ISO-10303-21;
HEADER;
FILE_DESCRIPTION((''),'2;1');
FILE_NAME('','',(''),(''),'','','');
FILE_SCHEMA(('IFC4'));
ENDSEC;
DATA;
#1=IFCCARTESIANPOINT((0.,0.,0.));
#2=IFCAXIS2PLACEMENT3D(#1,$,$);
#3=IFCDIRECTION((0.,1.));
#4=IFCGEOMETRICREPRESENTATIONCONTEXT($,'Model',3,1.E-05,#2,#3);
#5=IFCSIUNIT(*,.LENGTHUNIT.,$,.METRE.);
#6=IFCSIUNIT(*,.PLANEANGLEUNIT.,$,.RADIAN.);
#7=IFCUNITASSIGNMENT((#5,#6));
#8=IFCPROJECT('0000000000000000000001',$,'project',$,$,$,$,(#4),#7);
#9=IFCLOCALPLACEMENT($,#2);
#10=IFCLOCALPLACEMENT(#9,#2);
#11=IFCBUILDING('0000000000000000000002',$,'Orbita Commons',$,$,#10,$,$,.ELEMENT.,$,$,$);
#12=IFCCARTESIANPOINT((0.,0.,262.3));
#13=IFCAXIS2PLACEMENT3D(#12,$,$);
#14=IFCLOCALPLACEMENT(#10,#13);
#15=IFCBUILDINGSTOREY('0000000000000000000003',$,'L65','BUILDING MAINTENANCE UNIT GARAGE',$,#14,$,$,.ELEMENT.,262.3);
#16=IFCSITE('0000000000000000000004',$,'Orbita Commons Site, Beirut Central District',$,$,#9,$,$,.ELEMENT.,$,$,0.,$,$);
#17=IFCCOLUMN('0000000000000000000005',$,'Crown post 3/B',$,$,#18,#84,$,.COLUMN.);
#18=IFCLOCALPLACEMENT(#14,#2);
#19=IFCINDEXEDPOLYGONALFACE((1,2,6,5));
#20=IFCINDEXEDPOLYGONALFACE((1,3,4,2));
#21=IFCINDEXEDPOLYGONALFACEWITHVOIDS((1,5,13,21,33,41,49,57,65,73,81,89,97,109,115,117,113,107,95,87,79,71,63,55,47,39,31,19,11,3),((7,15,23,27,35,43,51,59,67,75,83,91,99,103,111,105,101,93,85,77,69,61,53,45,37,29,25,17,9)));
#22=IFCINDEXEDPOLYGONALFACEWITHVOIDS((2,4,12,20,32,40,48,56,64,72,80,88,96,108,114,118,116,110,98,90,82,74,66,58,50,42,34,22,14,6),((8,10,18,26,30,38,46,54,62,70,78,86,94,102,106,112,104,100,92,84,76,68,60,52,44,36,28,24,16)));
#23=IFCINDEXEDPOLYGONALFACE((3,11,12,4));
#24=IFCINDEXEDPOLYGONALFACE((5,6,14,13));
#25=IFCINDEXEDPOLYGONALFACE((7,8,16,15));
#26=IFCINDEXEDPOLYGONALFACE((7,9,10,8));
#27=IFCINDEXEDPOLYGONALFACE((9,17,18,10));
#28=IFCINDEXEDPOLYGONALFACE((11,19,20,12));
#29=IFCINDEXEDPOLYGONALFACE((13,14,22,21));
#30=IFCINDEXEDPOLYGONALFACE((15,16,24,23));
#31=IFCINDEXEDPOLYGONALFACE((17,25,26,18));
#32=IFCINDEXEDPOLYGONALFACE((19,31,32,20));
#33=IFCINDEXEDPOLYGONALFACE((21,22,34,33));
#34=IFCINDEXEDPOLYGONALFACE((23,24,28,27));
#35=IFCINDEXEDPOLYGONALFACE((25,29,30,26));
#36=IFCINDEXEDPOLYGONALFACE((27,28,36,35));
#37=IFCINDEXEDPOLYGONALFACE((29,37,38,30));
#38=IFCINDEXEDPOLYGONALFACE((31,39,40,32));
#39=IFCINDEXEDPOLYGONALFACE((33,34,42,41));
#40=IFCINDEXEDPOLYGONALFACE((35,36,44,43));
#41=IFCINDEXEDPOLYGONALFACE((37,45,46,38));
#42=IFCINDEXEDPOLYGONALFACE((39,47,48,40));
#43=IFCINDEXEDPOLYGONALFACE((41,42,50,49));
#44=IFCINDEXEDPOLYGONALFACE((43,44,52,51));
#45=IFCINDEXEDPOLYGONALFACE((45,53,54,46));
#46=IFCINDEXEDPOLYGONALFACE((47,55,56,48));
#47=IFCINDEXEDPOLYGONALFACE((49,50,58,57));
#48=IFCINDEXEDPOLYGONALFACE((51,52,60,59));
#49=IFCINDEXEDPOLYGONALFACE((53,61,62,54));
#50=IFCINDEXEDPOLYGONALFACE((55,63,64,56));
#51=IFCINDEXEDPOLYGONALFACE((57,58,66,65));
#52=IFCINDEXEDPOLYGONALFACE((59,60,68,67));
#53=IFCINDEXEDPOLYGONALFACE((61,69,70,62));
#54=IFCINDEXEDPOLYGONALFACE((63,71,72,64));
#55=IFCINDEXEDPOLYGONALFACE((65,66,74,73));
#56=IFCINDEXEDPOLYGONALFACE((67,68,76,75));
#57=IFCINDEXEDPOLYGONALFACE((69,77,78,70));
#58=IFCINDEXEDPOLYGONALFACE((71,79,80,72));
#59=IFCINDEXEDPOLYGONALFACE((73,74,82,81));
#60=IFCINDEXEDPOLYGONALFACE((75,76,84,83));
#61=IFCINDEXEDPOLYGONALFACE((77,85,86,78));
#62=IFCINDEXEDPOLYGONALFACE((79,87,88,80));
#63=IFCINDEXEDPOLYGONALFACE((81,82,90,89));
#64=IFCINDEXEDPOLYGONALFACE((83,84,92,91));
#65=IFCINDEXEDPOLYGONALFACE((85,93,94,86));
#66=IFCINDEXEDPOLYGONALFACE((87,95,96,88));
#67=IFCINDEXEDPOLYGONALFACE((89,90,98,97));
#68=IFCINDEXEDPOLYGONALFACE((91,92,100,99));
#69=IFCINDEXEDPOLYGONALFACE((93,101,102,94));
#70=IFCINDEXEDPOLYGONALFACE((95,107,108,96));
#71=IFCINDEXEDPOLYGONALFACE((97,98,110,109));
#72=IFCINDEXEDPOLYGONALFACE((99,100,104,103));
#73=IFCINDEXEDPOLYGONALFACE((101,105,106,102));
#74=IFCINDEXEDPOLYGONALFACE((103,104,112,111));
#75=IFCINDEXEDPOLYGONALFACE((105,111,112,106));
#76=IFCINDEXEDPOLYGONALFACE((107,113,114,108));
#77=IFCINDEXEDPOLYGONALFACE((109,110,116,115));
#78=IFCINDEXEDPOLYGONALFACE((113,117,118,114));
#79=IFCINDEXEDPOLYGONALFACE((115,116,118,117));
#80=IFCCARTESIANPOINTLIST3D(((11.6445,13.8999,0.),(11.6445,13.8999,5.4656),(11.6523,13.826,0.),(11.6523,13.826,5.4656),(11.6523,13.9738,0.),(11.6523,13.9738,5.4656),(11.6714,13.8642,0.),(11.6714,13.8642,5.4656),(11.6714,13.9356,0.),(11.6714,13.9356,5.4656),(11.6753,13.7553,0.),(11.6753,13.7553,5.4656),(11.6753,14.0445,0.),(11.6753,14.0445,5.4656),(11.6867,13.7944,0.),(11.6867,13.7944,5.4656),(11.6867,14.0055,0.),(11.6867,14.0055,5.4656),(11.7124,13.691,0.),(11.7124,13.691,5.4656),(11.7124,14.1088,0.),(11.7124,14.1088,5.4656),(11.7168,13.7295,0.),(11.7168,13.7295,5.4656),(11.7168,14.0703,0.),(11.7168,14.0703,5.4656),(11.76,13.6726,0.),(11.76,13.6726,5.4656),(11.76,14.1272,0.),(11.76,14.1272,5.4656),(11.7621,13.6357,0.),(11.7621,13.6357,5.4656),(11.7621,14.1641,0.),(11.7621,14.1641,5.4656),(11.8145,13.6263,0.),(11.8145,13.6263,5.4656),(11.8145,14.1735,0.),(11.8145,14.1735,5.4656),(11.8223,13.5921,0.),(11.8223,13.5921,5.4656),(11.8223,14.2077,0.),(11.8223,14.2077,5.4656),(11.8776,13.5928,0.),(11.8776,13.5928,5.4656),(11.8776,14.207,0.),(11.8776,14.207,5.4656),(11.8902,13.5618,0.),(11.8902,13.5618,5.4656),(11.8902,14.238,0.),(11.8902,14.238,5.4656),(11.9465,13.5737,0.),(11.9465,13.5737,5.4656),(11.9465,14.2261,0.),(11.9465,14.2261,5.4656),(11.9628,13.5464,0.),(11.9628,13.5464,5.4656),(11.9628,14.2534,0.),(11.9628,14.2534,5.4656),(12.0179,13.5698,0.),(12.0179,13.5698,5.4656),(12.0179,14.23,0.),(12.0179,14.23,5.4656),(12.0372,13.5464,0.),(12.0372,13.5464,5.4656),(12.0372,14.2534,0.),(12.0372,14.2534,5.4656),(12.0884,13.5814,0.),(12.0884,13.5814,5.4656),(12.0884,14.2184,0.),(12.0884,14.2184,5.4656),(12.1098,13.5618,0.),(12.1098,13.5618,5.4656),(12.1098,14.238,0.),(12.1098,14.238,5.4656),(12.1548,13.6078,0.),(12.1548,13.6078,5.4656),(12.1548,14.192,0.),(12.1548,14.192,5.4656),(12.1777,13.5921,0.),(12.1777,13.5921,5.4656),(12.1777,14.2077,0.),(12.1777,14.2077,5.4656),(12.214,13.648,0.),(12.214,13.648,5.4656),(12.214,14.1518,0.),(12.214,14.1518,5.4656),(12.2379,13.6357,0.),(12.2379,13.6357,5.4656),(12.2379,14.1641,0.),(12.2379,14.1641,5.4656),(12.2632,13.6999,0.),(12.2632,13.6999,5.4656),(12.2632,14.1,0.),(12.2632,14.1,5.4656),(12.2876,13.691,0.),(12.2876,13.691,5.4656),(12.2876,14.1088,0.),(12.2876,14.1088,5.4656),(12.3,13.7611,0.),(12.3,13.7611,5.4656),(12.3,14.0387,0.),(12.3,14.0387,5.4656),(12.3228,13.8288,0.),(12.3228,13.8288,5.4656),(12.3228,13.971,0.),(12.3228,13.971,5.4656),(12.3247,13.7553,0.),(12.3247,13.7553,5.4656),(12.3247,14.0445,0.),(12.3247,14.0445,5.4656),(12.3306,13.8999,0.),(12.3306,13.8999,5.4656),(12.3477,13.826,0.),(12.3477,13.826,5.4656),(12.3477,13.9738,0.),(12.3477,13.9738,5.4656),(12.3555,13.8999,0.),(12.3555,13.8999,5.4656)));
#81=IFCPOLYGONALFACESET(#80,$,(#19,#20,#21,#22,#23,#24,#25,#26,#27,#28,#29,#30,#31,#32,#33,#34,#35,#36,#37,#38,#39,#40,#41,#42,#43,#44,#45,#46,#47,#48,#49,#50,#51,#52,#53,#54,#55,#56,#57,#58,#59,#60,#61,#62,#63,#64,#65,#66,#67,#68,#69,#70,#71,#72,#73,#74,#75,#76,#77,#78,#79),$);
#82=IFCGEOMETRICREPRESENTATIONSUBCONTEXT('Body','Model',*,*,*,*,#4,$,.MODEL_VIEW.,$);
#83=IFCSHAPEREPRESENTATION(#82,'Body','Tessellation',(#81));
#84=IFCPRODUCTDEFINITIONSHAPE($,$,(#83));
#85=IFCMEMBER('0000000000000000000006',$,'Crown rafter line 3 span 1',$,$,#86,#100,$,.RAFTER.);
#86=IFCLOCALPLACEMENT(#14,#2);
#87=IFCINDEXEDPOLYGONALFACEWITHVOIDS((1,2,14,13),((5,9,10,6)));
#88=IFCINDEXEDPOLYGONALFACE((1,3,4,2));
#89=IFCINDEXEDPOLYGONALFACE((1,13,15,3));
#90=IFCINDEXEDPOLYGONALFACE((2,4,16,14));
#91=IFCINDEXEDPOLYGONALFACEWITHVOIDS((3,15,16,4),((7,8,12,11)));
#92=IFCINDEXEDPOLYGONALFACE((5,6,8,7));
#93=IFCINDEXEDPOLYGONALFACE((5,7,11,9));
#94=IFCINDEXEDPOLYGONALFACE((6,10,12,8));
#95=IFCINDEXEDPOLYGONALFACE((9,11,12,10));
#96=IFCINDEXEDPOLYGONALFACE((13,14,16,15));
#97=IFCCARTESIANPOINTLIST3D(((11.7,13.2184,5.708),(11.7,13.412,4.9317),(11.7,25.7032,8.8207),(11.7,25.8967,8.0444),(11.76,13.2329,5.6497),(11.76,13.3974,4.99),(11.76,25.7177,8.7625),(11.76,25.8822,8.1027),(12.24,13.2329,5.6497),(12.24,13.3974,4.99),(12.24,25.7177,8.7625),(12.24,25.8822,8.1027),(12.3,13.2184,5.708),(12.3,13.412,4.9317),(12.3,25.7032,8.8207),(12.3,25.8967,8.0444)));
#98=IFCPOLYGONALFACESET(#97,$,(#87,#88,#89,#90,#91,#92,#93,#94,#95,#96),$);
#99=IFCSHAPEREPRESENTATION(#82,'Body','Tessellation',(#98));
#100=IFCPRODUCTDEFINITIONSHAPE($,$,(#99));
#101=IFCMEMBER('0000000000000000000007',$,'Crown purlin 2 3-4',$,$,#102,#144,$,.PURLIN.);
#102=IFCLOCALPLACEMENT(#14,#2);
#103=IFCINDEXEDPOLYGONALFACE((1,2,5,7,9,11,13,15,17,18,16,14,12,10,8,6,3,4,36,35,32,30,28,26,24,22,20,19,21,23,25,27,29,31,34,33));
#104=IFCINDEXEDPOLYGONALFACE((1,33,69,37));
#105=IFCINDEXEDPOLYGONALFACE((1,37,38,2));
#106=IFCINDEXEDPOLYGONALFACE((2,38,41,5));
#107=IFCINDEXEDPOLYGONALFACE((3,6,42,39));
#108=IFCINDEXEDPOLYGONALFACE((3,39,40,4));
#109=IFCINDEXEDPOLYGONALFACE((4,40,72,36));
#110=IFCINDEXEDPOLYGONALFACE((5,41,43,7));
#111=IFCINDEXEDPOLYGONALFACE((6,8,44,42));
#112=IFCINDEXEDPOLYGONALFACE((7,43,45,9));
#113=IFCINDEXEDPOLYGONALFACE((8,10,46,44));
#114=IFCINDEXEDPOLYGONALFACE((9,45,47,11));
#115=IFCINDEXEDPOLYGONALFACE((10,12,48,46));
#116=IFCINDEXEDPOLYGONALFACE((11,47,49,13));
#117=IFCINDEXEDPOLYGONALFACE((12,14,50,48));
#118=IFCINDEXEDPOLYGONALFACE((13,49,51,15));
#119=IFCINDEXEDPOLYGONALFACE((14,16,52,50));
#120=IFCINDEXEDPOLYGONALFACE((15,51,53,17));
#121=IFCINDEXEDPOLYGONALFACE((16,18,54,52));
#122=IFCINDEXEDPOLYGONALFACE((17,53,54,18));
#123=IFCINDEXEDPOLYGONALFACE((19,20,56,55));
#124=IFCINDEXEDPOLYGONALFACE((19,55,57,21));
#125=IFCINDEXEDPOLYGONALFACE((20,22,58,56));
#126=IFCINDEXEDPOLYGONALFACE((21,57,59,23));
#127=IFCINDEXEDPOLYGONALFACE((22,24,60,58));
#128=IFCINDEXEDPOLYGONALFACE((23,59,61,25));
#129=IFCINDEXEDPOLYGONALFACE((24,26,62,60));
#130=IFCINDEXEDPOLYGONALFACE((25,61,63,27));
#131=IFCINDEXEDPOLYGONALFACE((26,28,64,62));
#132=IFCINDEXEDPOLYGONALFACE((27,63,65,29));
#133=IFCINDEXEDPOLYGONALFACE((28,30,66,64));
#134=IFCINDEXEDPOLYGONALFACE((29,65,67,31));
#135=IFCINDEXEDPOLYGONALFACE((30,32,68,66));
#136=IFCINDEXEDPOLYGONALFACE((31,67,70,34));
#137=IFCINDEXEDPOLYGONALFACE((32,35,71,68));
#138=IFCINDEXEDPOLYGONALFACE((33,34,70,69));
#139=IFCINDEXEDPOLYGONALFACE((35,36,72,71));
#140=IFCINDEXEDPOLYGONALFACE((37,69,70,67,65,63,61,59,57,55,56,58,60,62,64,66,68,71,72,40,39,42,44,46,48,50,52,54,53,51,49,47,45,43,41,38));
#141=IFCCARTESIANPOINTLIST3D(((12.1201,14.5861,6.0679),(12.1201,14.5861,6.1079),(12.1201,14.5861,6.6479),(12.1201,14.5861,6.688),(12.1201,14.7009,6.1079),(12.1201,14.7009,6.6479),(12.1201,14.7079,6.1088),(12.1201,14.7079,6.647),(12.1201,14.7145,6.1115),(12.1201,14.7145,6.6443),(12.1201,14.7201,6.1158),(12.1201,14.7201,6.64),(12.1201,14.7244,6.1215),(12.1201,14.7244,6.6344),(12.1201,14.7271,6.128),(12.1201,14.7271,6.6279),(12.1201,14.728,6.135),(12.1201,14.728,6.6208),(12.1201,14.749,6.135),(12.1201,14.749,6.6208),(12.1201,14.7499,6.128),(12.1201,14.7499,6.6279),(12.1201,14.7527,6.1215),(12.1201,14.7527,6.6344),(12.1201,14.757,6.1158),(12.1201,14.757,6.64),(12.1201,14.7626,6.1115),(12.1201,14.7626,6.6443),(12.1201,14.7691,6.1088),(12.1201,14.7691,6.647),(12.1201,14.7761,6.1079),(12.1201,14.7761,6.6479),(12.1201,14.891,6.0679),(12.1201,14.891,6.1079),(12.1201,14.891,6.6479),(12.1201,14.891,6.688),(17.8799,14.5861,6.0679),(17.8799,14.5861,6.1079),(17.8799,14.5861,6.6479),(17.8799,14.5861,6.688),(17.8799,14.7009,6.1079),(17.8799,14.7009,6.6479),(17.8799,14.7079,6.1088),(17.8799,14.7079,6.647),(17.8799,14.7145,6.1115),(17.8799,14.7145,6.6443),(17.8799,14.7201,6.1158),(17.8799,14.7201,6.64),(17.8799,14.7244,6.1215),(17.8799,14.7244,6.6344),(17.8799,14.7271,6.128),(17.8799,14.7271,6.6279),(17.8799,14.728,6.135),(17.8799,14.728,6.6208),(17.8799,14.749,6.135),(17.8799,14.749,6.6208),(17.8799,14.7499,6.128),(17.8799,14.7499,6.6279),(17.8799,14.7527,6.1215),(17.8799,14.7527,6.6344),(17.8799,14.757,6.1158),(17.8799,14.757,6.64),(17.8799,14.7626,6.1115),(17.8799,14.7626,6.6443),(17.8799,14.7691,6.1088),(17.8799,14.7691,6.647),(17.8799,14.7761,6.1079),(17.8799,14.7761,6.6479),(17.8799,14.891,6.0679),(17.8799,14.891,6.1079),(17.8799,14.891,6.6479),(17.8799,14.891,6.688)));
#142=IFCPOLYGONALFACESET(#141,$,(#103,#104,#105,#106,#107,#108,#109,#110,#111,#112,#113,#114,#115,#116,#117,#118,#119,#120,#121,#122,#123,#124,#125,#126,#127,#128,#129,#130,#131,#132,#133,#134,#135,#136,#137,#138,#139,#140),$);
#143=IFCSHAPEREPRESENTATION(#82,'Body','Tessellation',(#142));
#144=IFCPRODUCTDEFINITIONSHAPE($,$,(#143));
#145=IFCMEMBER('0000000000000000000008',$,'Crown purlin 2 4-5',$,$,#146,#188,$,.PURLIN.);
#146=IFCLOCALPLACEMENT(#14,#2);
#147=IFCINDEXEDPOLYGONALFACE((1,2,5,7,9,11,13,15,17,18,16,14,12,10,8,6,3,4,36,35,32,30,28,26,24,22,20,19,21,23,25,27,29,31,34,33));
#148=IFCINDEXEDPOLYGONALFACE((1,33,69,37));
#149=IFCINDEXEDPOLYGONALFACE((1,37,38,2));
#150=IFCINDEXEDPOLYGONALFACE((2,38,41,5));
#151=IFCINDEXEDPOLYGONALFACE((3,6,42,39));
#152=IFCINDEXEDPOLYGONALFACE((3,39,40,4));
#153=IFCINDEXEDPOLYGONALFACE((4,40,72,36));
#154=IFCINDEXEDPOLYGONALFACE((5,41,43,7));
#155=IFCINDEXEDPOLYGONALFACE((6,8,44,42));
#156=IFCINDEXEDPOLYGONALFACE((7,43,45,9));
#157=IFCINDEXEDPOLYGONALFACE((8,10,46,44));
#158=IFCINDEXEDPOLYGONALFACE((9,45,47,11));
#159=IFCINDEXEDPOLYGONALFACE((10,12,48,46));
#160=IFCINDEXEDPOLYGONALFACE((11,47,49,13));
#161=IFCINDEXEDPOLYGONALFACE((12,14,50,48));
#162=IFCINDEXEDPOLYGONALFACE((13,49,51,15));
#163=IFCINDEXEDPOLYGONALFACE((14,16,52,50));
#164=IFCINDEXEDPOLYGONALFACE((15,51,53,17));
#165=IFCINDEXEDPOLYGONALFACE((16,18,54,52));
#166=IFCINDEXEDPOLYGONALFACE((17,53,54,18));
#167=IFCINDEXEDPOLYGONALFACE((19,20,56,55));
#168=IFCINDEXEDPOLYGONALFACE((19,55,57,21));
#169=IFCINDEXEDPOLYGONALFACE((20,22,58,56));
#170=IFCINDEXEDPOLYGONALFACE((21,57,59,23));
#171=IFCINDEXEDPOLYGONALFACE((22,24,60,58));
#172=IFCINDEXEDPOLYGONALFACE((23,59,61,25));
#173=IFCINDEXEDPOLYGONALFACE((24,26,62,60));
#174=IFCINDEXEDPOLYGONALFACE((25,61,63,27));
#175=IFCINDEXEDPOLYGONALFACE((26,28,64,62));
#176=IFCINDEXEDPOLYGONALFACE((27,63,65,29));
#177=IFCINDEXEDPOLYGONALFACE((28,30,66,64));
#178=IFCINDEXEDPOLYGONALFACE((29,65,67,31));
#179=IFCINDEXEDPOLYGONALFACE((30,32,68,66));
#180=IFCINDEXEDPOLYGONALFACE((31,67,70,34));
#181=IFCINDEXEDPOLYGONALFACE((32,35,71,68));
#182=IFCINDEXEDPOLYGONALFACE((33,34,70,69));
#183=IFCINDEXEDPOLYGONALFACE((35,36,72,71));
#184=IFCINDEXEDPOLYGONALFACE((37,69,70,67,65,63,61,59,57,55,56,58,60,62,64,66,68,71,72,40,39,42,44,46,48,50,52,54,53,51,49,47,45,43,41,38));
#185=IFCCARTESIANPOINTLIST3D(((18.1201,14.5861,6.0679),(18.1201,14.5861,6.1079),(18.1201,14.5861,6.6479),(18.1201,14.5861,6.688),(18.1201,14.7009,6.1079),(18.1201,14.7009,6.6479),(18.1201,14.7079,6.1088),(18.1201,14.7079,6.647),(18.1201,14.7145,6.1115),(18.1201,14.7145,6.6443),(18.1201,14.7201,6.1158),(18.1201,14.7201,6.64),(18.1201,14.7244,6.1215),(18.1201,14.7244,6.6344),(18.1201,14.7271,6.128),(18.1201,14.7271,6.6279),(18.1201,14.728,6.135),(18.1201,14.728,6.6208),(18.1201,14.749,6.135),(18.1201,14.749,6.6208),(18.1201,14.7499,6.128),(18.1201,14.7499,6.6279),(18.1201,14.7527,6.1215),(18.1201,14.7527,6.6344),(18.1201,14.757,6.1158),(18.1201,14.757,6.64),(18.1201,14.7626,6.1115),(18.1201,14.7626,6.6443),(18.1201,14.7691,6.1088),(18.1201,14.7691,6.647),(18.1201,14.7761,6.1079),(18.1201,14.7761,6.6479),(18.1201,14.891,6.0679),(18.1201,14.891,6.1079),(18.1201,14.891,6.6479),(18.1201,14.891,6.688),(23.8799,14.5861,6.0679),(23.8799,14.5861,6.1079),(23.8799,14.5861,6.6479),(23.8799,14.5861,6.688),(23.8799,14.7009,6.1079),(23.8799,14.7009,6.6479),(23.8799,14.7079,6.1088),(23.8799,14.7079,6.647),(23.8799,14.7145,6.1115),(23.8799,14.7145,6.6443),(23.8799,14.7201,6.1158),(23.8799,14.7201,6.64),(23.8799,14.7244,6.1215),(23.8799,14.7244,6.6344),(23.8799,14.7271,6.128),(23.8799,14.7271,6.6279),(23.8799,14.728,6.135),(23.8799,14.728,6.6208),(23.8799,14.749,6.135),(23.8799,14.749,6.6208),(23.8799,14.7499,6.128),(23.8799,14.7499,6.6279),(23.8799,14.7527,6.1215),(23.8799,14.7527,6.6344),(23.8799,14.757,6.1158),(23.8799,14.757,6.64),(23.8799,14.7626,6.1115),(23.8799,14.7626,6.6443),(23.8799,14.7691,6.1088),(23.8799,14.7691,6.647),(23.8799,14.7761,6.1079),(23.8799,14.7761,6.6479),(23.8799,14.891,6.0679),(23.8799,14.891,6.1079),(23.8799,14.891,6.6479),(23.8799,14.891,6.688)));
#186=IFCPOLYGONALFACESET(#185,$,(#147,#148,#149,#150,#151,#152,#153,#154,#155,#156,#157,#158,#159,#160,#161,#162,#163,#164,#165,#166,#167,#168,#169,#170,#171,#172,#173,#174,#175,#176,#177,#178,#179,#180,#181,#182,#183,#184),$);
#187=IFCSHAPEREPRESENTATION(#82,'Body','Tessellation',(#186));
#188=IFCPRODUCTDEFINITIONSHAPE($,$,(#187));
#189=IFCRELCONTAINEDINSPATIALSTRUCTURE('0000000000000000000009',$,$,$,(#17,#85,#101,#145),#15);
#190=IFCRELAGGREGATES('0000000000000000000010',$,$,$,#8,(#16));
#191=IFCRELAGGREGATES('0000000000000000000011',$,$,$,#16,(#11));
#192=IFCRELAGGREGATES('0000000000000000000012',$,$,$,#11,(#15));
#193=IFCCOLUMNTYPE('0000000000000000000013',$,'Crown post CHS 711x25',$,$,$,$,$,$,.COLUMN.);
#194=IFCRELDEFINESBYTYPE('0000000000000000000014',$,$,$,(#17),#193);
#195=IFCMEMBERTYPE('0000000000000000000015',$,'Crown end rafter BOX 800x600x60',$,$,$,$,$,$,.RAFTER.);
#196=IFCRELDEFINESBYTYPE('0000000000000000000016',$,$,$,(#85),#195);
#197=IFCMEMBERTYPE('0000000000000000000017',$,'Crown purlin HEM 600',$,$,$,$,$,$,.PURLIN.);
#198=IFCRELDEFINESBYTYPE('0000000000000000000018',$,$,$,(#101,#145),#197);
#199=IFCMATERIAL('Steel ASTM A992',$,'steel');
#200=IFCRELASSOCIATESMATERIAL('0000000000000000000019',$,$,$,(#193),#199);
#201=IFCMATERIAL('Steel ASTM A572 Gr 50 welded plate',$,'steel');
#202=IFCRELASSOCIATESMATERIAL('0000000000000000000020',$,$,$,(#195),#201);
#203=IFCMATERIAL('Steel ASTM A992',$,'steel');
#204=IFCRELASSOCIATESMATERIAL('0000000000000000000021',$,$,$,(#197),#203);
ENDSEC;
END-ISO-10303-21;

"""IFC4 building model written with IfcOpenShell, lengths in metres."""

from ifc_helpers import new_model, si_unit, direction, frame, origin, origin_2d, place, context, subcontext, project, spatial, hollow_rectangle, hollow_circle, i_section, extrude, material, material_profile, profile_set, type_object, element, save


model = new_model("IFC4")

# Units and contexts
model_context = context("Model", 3, precision=1e-05, world=origin(), true_north=direction((0.0, 1.0)))
body_context = subcontext(model_context, "Body", "Model", "MODEL_VIEW")
ifc_project = project(units=[si_unit("LENGTHUNIT", "METRE"), si_unit("PLANEANGLEUNIT", "RADIAN")], contexts=[model_context])

# Site, building, storey
site_placement = place(None, origin())
site = spatial("IfcSite", under=ifc_project, at=site_placement, Name="Orbita Commons Site, Beirut Central District", CompositionType="ELEMENT", RefElevation=0.0)
building_placement = place(site_placement, origin())
building = spatial("IfcBuilding", under=site, at=building_placement, Name="Orbita Commons", CompositionType="ELEMENT")
storey_placement = place(building_placement, frame((0.0, 0.0, 262.3)))
storey = spatial("IfcBuildingStorey", under=building, at=storey_placement, Name="L65", Description="BUILDING MAINTENANCE UNIT GARAGE", CompositionType="ELEMENT", Elevation=262.3)

# Column
ifc_material_1 = material(Name="Steel ASTM A992", Category="steel")
ifc_material_profile_1 = material_profile(ifc_material_1, hollow_circle(Radius=0.3555, WallThickness=0.0249, at=origin_2d()), Name="CHS 711x25")
ifc_profile_set_1 = profile_set([ifc_material_profile_1], Name="Steel ASTM A992")
column_type = type_object("IfcColumnType", Name="Crown post CHS 711x25", PredefinedType="COLUMN", material=ifc_profile_set_1)
column_placement = place(storey_placement, frame((12.0, 13.8999, 0.0), z_axis=(0.0, 0.0, 1.0), x_axis=(1.0, 0.0, 0.0)))
element("IfcColumn", 1, at=column_placement, inside=storey, type_object=column_type, Name="Crown post 3/B", PredefinedType="COLUMN", context=body_context, shape_type="SweptSolid", body=[
    extrude(hollow_circle(Radius=0.3555, WallThickness=0.0249, at=origin_2d()), origin(), (0.0, 0.0, 1.0), 5.4656),
])

# Members
ifc_material_2 = material(Name="Steel ASTM A572 Gr 50 welded plate", Category="steel")
ifc_material_profile_2 = material_profile(ifc_material_2, hollow_rectangle(XDim=0.6001, YDim=0.8, WallThickness=0.0601, at=origin_2d()), Name="BOX 800x600x60")
ifc_profile_set_2 = profile_set([ifc_material_profile_2], Name="Steel ASTM A572 Gr 50 welded plate")
member_type_1 = type_object("IfcMemberType", Name="Crown end rafter BOX 800x600x60", PredefinedType="RAFTER", material=ifc_profile_set_2)
member_1_placement = place(storey_placement, frame((12.0, 13.3152, 5.3198), z_axis=(0.0, 0.970296, 0.241919), x_axis=(-1.0, 0.0, 0.0)))
element("IfcMember", 2, at=member_1_placement, inside=storey, type_object=member_type_1, Name="Crown rafter line 3 span 1", PredefinedType="RAFTER", context=body_context, shape_type="SweptSolid", body=[
    extrude(hollow_rectangle(XDim=0.6001, YDim=0.8, WallThickness=0.0601, at=origin_2d()), origin(), (0.0, 0.0, 1.0), 12.8669),
])
ifc_material_3 = material(Name="Steel ASTM A992", Category="steel")
ifc_material_profile_3 = material_profile(ifc_material_3, i_section(OverallWidth=0.3049, OverallDepth=0.6201, WebThickness=0.021, FlangeThickness=0.04, FilletRadius=0.0271, at=origin_2d()), Name="HEM 600")
ifc_profile_set_3 = profile_set([ifc_material_profile_3], Name="Steel ASTM A992")
member_type_2 = type_object("IfcMemberType", Name="Crown purlin HEM 600", PredefinedType="PURLIN", material=ifc_profile_set_3)
for number, where, z_axis, x_axis, name in (
    (3, (12.1201, 14.7385, 6.3779), (1.0, 0.0, 0.0), (0.0, 1.0, 0.0), "Crown purlin 2 3-4"),
    (4, (18.1201, 14.7385, 6.3779), (1.0, 0.0, 0.0), (0.0, 1.0, 0.0), "Crown purlin 2 4-5"),
):
    element("IfcMember", number, at=place(storey_placement, frame(where, z_axis=z_axis, x_axis=x_axis)), inside=storey, type_object=member_type_2, Name=name, PredefinedType="PURLIN", context=body_context, shape_type="SweptSolid", body=[
        extrude(i_section(OverallWidth=0.3049, OverallDepth=0.6201, WebThickness=0.021, FlangeThickness=0.04, FilletRadius=0.0271, at=origin_2d()), origin(), (0.0, 0.0, 1.0), 5.7598),
    ])

save(model, "model.ifc")
